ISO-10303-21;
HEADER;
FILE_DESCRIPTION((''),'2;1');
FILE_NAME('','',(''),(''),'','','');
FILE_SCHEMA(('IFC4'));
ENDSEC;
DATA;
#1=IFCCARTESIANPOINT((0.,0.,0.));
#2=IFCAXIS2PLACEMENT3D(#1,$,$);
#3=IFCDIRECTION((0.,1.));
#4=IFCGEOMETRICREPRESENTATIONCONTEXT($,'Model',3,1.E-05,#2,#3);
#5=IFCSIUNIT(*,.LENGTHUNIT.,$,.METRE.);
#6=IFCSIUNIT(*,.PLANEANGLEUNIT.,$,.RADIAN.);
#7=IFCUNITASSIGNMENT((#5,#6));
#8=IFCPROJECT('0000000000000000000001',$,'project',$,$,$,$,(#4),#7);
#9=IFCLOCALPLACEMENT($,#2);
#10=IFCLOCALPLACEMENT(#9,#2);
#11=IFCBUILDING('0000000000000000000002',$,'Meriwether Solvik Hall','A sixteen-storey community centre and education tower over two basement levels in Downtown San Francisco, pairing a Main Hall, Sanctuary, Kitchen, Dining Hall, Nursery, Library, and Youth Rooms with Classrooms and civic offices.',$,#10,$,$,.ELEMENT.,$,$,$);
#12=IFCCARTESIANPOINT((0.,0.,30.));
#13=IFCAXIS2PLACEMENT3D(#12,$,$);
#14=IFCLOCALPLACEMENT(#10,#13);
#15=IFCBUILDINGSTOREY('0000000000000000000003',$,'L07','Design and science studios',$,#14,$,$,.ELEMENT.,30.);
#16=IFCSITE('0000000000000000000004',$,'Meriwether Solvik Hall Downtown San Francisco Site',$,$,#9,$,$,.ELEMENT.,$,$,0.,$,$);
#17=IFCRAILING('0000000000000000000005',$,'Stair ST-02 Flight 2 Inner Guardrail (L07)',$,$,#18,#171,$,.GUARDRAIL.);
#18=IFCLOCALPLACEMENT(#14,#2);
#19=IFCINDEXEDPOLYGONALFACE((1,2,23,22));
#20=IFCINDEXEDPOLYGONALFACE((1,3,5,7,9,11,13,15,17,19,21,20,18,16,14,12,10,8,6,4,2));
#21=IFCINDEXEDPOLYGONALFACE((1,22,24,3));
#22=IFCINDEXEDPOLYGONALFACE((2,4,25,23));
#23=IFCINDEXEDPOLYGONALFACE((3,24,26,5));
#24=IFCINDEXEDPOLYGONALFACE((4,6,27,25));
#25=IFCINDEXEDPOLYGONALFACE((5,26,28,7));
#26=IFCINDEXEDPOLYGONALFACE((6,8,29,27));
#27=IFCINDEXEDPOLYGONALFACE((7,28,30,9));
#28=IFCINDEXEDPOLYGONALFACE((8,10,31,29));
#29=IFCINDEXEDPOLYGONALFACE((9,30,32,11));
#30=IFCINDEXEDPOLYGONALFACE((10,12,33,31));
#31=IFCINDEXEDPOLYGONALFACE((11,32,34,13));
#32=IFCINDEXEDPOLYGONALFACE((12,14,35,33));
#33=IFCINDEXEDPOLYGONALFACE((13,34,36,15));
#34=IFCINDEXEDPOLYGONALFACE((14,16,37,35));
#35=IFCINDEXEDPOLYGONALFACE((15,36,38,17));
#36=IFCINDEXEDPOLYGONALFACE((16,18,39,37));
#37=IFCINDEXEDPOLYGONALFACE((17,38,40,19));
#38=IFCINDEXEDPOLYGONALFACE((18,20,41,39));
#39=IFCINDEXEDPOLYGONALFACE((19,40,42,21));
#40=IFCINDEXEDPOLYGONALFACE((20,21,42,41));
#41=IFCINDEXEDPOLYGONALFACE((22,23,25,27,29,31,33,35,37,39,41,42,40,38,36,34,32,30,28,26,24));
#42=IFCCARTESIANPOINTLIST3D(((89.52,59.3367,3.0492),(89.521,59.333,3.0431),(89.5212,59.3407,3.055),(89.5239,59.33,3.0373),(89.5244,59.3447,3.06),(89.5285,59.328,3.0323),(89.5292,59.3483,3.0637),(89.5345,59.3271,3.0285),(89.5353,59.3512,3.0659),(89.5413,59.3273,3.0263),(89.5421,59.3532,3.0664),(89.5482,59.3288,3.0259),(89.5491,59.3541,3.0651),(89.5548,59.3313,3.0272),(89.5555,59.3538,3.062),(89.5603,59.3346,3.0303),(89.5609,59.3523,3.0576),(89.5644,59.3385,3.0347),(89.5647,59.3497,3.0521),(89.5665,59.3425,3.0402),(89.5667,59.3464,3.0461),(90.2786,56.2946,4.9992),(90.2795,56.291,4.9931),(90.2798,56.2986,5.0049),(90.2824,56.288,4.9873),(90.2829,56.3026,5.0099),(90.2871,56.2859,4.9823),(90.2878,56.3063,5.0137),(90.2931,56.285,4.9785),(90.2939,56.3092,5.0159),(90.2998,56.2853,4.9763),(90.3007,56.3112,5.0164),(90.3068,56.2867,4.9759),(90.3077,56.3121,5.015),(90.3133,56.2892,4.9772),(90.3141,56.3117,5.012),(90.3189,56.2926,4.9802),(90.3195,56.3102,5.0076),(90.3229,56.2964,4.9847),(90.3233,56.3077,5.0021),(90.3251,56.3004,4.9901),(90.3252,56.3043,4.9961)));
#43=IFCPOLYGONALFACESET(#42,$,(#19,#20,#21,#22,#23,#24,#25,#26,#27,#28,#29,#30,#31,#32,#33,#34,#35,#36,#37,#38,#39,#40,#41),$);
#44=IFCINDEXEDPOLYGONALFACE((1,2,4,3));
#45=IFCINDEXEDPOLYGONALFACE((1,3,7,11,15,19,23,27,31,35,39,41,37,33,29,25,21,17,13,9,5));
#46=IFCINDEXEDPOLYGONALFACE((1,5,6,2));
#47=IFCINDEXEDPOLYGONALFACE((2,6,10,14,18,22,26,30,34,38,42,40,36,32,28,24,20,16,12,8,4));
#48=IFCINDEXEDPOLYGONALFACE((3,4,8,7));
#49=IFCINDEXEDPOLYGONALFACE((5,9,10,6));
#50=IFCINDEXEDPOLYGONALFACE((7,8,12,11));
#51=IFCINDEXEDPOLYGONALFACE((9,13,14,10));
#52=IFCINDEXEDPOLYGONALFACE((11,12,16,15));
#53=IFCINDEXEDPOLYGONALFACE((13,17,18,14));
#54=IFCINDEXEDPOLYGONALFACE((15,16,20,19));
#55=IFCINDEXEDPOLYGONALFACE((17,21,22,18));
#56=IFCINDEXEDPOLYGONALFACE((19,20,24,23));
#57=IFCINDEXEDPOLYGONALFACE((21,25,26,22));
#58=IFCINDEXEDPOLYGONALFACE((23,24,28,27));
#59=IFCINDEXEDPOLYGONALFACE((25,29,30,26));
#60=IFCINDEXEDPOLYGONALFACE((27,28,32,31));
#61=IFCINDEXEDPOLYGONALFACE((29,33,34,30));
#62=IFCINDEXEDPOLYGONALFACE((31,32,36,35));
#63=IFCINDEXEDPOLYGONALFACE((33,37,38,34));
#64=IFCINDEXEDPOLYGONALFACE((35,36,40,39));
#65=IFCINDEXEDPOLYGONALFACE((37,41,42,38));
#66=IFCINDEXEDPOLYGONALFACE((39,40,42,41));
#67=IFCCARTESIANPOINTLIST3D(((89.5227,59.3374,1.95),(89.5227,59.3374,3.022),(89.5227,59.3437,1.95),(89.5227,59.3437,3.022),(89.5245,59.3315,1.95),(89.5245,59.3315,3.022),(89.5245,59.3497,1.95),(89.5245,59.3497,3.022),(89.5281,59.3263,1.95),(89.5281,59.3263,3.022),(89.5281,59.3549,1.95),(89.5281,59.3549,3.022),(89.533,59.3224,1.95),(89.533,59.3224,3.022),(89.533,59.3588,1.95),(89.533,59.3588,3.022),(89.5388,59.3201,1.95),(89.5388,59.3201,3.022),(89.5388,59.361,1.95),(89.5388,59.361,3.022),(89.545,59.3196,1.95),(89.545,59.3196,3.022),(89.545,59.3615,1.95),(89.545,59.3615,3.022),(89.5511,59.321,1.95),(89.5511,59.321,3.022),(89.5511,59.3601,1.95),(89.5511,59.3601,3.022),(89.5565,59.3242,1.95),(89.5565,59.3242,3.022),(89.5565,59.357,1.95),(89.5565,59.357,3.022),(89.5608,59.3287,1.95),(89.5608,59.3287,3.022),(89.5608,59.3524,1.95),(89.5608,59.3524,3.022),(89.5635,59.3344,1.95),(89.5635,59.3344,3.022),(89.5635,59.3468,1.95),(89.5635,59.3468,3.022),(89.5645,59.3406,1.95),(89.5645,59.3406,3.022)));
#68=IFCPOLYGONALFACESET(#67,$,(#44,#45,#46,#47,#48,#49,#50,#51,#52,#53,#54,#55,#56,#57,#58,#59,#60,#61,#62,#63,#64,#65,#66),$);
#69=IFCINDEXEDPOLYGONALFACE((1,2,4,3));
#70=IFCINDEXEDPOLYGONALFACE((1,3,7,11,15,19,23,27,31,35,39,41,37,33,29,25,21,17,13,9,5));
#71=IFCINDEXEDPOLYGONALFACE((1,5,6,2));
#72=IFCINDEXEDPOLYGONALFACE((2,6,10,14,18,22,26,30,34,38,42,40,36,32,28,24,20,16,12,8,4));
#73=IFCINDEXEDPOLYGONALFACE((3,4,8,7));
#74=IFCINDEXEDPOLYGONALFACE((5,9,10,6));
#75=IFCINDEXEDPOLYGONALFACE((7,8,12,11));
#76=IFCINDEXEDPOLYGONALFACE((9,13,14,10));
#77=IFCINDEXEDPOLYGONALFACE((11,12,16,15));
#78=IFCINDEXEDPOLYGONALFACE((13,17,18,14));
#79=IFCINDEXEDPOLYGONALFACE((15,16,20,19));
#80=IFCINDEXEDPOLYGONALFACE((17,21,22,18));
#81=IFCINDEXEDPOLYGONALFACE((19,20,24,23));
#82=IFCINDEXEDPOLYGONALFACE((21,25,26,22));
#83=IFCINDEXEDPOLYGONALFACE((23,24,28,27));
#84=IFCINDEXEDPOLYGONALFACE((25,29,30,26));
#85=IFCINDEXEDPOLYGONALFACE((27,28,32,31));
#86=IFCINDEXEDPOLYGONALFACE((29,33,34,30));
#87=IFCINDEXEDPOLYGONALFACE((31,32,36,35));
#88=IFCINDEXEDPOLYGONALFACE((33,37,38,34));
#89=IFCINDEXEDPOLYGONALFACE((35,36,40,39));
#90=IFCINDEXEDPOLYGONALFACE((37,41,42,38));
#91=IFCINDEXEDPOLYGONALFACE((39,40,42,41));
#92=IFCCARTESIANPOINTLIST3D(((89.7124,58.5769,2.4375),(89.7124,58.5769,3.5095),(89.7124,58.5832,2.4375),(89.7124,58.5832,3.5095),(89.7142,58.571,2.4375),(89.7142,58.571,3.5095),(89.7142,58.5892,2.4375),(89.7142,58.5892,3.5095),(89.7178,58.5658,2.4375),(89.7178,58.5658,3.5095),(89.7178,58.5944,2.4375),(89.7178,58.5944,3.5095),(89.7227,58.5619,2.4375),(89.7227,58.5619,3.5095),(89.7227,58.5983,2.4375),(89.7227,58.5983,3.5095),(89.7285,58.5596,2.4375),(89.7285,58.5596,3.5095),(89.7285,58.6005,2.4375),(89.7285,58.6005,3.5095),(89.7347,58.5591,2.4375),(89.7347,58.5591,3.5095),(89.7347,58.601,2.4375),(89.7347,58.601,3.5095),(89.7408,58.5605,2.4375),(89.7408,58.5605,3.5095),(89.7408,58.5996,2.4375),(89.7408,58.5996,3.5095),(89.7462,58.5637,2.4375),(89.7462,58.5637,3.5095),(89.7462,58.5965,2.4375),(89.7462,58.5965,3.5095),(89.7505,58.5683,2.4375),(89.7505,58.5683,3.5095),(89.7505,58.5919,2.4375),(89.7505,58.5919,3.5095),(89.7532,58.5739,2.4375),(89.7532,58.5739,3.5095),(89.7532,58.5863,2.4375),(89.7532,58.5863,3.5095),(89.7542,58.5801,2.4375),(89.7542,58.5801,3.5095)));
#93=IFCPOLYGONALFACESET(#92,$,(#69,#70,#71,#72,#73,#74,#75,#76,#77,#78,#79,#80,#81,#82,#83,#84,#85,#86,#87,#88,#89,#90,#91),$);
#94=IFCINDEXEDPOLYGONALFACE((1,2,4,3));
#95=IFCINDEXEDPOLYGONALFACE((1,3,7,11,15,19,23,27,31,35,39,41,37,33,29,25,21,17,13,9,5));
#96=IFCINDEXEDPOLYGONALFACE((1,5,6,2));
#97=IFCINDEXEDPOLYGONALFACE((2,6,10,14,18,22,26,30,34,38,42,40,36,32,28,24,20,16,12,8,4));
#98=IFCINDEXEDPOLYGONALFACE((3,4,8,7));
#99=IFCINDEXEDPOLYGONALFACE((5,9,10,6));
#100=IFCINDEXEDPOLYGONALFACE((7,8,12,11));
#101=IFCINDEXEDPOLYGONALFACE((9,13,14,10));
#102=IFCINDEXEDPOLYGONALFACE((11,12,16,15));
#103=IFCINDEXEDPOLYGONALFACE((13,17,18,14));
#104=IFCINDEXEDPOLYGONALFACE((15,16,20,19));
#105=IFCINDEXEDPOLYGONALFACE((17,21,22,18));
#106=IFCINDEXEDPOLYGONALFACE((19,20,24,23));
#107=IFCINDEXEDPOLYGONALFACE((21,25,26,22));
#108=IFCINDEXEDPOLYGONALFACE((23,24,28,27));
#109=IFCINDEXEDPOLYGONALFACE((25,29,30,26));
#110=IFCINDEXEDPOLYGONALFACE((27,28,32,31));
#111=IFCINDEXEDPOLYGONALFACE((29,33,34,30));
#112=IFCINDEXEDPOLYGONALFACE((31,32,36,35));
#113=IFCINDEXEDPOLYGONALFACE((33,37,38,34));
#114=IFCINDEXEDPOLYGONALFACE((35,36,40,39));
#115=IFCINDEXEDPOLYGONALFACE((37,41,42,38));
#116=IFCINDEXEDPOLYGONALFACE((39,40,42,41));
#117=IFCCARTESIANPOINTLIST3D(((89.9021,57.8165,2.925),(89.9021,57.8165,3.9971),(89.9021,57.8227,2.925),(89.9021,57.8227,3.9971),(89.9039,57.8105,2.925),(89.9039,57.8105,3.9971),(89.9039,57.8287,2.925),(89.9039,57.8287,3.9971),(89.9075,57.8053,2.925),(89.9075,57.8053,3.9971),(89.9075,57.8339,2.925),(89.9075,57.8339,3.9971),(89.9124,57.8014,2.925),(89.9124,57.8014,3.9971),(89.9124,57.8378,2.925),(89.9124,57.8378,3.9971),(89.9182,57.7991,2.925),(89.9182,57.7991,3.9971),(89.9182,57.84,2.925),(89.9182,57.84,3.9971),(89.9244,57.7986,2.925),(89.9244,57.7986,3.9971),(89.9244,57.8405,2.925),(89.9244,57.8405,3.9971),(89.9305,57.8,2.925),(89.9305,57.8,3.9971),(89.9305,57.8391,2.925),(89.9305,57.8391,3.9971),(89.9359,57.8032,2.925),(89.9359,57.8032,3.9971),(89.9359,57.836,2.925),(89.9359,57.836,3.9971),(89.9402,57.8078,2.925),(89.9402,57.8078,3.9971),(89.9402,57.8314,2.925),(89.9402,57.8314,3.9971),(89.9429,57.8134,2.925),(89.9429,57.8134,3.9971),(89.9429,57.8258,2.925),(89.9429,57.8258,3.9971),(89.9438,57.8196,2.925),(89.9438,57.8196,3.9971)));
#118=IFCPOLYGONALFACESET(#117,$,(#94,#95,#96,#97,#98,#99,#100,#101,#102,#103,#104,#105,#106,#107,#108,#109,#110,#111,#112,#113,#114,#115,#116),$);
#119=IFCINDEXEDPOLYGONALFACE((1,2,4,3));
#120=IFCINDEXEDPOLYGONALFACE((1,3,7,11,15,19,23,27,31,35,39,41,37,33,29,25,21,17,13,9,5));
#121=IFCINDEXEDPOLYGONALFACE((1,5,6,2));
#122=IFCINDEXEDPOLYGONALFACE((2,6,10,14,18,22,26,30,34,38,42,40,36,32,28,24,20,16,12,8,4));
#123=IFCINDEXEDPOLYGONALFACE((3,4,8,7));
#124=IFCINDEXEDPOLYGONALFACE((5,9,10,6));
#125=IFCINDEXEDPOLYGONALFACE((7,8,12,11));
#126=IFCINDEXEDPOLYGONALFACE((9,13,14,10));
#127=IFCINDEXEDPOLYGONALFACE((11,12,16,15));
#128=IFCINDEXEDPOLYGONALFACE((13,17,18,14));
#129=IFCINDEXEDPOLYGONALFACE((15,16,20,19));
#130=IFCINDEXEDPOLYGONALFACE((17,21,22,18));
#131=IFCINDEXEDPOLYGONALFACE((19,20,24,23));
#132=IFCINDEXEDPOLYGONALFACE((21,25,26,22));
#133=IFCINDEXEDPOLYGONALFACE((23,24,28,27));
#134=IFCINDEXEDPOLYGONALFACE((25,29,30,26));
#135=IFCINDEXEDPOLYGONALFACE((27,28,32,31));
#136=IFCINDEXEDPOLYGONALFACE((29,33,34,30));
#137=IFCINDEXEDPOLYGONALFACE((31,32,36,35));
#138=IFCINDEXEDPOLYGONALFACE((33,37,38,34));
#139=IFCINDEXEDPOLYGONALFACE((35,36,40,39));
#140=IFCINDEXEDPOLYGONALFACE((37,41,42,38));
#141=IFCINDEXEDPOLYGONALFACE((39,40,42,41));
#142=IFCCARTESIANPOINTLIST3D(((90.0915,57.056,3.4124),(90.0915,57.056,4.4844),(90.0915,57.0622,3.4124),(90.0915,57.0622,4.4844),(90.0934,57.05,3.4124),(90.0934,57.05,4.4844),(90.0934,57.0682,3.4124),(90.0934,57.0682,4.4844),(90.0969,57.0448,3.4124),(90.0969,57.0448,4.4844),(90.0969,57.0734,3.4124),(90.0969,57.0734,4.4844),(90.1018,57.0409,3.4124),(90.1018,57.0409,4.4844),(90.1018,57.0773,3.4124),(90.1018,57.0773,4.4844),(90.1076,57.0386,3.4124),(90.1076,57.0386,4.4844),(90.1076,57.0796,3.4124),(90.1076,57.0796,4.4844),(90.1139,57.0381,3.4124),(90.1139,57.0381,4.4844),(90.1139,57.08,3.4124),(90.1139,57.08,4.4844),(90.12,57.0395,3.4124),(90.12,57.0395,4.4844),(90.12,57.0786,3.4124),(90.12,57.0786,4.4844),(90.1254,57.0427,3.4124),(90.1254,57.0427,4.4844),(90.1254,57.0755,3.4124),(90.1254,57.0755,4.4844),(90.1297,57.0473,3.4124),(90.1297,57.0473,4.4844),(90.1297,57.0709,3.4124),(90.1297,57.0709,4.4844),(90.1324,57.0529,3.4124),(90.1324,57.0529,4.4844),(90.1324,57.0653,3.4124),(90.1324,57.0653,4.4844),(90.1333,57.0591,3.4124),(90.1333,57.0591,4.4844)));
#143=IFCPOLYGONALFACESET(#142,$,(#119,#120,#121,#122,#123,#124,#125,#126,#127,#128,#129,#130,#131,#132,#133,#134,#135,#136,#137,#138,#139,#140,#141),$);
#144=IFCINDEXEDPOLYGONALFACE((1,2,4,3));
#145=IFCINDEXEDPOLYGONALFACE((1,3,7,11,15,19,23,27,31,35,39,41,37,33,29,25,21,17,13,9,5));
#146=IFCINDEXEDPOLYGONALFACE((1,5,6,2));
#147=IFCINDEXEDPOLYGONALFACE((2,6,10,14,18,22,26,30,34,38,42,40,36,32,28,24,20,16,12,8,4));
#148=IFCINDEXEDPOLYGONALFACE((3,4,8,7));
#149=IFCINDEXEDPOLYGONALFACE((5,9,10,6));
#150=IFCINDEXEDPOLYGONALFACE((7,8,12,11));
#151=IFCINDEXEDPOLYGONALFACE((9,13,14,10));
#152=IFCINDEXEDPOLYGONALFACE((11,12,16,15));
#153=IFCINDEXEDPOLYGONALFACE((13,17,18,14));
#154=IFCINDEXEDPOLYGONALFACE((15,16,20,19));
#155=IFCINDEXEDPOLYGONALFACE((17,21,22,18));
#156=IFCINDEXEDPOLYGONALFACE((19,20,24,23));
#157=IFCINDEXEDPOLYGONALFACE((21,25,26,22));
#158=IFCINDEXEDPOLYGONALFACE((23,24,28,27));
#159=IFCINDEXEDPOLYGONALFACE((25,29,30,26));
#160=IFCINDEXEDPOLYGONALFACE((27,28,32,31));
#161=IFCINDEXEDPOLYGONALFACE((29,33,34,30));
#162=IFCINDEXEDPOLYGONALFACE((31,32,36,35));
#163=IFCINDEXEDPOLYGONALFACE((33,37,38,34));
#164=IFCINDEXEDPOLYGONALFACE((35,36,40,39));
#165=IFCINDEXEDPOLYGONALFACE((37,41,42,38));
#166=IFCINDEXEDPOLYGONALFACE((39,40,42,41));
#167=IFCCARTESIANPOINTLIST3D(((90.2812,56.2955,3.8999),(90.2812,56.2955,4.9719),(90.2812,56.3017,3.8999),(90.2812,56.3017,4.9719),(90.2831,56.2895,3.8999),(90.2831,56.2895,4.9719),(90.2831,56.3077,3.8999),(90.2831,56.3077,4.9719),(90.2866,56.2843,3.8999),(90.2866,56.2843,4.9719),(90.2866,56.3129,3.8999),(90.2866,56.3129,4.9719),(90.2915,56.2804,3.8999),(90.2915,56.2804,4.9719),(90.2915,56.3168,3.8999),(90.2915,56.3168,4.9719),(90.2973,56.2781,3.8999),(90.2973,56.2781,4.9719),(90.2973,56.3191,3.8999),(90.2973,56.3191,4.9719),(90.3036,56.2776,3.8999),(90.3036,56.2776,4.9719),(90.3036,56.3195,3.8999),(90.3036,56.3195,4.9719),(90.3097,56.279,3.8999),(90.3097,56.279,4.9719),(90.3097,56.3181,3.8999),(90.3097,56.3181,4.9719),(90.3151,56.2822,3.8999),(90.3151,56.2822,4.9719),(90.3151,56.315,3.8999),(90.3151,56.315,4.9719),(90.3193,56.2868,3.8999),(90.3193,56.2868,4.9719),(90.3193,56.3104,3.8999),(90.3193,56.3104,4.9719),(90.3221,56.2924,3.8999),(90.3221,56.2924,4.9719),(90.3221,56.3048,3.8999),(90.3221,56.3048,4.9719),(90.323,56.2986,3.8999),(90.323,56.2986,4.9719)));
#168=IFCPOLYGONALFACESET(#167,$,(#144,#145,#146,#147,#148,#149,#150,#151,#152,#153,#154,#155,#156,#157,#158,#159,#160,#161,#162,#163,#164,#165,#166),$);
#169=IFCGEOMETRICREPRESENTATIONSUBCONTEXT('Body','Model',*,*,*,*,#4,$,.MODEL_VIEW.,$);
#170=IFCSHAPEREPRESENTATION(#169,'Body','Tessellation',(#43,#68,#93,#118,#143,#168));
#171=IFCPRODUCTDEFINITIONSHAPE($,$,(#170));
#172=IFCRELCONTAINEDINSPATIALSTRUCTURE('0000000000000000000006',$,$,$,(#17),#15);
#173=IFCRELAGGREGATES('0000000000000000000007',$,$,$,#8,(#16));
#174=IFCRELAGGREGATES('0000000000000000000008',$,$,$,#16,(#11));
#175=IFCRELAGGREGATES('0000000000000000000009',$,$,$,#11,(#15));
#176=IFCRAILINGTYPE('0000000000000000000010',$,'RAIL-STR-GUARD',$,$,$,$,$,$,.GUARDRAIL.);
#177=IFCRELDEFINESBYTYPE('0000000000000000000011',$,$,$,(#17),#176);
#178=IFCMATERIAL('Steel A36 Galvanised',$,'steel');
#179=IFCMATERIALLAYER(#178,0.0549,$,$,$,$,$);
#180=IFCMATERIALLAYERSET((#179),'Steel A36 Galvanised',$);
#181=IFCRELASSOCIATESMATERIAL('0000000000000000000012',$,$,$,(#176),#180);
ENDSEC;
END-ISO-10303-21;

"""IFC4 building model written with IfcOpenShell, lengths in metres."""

from ifc_helpers import new_model, si_unit, direction, frame, origin, origin_2d, place, context, subcontext, project, spatial, circle, extrude, material, layer, layer_set, type_object, element, save


model = new_model("IFC4")

# Units and contexts
model_context = context("Model", 3, precision=1e-05, world=origin(), true_north=direction((0.0, 1.0)))
body_context = subcontext(model_context, "Body", "Model", "MODEL_VIEW")
ifc_project = project(units=[si_unit("LENGTHUNIT", "METRE"), si_unit("PLANEANGLEUNIT", "RADIAN")], contexts=[model_context])

# Site, building, storey
site_placement = place(None, origin())
site = spatial("IfcSite", under=ifc_project, at=site_placement, Name="Meriwether Solvik Hall Downtown San Francisco Site", CompositionType="ELEMENT", RefElevation=0.0)
building_placement = place(site_placement, origin())
building = spatial("IfcBuilding", under=site, at=building_placement, Name="Meriwether Solvik Hall", Description="A sixteen-storey community centre and education tower over two basement levels in Downtown San Francisco, pairing a Main Hall, Sanctuary, Kitchen, Dining Hall, Nursery, Library, and Youth Rooms with Classrooms and civic offices.", CompositionType="ELEMENT")
storey_placement = place(building_placement, frame((0.0, 0.0, 30.0)))
storey = spatial("IfcBuildingStorey", under=building, at=storey_placement, Name="L07", Description="Design and science studios", CompositionType="ELEMENT", Elevation=30.0)

# Railing
ifc_material_1 = material(Name="Steel A36 Galvanised", Category="steel")
ifc_layer_1 = layer(ifc_material_1, 0.0549)
ifc_layer_set_1 = layer_set([ifc_layer_1], Name="Steel A36 Galvanised")
railing_type_1 = type_object("IfcRailingType", Name="RAIL-STR-GUARD", PredefinedType="GUARDRAIL", material=ifc_layer_set_1)
railing_1_placement = place(storey_placement, frame((89.5435, 59.3406, 1.95)))
element("IfcRailing", 1, at=railing_1_placement, inside=storey, type_object=railing_type_1, Name="Stair ST-02 Flight 2 Inner Guardrail (L07)", PredefinedType="GUARDRAIL", context=body_context, shape_type="SweptSolid", body=[
    extrude(circle(Radius=0.0239, at=origin_2d()), frame((0.0, 0.0, 1.0962), z_axis=(0.205452, -0.823925, 0.528145), x_axis=(0.970289, 0.241949, 0.0)), (0.0, 0.0, 1.0), 3.6921),
    extrude(circle(Radius=0.021, at=origin_2d()), origin(), (0.0, 0.0, 1.0), 1.072),
    extrude(circle(Radius=0.021, at=origin_2d()), frame((0.1897, -0.7605, 0.4875)), (0.0, 0.0, 1.0), 1.072),
    extrude(circle(Radius=0.021, at=origin_2d()), frame((0.3794, -1.521, 0.9751)), (0.0, 0.0, 1.0), 1.072),
    extrude(circle(Radius=0.021, at=origin_2d()), frame((0.5688, -2.2815, 1.4624)), (0.0, 0.0, 1.0), 1.072),
    extrude(circle(Radius=0.021, at=origin_2d()), frame((0.7585, -3.042, 1.95)), (0.0, 0.0, 1.0), 1.072),
])

save(model, "model.ifc")
